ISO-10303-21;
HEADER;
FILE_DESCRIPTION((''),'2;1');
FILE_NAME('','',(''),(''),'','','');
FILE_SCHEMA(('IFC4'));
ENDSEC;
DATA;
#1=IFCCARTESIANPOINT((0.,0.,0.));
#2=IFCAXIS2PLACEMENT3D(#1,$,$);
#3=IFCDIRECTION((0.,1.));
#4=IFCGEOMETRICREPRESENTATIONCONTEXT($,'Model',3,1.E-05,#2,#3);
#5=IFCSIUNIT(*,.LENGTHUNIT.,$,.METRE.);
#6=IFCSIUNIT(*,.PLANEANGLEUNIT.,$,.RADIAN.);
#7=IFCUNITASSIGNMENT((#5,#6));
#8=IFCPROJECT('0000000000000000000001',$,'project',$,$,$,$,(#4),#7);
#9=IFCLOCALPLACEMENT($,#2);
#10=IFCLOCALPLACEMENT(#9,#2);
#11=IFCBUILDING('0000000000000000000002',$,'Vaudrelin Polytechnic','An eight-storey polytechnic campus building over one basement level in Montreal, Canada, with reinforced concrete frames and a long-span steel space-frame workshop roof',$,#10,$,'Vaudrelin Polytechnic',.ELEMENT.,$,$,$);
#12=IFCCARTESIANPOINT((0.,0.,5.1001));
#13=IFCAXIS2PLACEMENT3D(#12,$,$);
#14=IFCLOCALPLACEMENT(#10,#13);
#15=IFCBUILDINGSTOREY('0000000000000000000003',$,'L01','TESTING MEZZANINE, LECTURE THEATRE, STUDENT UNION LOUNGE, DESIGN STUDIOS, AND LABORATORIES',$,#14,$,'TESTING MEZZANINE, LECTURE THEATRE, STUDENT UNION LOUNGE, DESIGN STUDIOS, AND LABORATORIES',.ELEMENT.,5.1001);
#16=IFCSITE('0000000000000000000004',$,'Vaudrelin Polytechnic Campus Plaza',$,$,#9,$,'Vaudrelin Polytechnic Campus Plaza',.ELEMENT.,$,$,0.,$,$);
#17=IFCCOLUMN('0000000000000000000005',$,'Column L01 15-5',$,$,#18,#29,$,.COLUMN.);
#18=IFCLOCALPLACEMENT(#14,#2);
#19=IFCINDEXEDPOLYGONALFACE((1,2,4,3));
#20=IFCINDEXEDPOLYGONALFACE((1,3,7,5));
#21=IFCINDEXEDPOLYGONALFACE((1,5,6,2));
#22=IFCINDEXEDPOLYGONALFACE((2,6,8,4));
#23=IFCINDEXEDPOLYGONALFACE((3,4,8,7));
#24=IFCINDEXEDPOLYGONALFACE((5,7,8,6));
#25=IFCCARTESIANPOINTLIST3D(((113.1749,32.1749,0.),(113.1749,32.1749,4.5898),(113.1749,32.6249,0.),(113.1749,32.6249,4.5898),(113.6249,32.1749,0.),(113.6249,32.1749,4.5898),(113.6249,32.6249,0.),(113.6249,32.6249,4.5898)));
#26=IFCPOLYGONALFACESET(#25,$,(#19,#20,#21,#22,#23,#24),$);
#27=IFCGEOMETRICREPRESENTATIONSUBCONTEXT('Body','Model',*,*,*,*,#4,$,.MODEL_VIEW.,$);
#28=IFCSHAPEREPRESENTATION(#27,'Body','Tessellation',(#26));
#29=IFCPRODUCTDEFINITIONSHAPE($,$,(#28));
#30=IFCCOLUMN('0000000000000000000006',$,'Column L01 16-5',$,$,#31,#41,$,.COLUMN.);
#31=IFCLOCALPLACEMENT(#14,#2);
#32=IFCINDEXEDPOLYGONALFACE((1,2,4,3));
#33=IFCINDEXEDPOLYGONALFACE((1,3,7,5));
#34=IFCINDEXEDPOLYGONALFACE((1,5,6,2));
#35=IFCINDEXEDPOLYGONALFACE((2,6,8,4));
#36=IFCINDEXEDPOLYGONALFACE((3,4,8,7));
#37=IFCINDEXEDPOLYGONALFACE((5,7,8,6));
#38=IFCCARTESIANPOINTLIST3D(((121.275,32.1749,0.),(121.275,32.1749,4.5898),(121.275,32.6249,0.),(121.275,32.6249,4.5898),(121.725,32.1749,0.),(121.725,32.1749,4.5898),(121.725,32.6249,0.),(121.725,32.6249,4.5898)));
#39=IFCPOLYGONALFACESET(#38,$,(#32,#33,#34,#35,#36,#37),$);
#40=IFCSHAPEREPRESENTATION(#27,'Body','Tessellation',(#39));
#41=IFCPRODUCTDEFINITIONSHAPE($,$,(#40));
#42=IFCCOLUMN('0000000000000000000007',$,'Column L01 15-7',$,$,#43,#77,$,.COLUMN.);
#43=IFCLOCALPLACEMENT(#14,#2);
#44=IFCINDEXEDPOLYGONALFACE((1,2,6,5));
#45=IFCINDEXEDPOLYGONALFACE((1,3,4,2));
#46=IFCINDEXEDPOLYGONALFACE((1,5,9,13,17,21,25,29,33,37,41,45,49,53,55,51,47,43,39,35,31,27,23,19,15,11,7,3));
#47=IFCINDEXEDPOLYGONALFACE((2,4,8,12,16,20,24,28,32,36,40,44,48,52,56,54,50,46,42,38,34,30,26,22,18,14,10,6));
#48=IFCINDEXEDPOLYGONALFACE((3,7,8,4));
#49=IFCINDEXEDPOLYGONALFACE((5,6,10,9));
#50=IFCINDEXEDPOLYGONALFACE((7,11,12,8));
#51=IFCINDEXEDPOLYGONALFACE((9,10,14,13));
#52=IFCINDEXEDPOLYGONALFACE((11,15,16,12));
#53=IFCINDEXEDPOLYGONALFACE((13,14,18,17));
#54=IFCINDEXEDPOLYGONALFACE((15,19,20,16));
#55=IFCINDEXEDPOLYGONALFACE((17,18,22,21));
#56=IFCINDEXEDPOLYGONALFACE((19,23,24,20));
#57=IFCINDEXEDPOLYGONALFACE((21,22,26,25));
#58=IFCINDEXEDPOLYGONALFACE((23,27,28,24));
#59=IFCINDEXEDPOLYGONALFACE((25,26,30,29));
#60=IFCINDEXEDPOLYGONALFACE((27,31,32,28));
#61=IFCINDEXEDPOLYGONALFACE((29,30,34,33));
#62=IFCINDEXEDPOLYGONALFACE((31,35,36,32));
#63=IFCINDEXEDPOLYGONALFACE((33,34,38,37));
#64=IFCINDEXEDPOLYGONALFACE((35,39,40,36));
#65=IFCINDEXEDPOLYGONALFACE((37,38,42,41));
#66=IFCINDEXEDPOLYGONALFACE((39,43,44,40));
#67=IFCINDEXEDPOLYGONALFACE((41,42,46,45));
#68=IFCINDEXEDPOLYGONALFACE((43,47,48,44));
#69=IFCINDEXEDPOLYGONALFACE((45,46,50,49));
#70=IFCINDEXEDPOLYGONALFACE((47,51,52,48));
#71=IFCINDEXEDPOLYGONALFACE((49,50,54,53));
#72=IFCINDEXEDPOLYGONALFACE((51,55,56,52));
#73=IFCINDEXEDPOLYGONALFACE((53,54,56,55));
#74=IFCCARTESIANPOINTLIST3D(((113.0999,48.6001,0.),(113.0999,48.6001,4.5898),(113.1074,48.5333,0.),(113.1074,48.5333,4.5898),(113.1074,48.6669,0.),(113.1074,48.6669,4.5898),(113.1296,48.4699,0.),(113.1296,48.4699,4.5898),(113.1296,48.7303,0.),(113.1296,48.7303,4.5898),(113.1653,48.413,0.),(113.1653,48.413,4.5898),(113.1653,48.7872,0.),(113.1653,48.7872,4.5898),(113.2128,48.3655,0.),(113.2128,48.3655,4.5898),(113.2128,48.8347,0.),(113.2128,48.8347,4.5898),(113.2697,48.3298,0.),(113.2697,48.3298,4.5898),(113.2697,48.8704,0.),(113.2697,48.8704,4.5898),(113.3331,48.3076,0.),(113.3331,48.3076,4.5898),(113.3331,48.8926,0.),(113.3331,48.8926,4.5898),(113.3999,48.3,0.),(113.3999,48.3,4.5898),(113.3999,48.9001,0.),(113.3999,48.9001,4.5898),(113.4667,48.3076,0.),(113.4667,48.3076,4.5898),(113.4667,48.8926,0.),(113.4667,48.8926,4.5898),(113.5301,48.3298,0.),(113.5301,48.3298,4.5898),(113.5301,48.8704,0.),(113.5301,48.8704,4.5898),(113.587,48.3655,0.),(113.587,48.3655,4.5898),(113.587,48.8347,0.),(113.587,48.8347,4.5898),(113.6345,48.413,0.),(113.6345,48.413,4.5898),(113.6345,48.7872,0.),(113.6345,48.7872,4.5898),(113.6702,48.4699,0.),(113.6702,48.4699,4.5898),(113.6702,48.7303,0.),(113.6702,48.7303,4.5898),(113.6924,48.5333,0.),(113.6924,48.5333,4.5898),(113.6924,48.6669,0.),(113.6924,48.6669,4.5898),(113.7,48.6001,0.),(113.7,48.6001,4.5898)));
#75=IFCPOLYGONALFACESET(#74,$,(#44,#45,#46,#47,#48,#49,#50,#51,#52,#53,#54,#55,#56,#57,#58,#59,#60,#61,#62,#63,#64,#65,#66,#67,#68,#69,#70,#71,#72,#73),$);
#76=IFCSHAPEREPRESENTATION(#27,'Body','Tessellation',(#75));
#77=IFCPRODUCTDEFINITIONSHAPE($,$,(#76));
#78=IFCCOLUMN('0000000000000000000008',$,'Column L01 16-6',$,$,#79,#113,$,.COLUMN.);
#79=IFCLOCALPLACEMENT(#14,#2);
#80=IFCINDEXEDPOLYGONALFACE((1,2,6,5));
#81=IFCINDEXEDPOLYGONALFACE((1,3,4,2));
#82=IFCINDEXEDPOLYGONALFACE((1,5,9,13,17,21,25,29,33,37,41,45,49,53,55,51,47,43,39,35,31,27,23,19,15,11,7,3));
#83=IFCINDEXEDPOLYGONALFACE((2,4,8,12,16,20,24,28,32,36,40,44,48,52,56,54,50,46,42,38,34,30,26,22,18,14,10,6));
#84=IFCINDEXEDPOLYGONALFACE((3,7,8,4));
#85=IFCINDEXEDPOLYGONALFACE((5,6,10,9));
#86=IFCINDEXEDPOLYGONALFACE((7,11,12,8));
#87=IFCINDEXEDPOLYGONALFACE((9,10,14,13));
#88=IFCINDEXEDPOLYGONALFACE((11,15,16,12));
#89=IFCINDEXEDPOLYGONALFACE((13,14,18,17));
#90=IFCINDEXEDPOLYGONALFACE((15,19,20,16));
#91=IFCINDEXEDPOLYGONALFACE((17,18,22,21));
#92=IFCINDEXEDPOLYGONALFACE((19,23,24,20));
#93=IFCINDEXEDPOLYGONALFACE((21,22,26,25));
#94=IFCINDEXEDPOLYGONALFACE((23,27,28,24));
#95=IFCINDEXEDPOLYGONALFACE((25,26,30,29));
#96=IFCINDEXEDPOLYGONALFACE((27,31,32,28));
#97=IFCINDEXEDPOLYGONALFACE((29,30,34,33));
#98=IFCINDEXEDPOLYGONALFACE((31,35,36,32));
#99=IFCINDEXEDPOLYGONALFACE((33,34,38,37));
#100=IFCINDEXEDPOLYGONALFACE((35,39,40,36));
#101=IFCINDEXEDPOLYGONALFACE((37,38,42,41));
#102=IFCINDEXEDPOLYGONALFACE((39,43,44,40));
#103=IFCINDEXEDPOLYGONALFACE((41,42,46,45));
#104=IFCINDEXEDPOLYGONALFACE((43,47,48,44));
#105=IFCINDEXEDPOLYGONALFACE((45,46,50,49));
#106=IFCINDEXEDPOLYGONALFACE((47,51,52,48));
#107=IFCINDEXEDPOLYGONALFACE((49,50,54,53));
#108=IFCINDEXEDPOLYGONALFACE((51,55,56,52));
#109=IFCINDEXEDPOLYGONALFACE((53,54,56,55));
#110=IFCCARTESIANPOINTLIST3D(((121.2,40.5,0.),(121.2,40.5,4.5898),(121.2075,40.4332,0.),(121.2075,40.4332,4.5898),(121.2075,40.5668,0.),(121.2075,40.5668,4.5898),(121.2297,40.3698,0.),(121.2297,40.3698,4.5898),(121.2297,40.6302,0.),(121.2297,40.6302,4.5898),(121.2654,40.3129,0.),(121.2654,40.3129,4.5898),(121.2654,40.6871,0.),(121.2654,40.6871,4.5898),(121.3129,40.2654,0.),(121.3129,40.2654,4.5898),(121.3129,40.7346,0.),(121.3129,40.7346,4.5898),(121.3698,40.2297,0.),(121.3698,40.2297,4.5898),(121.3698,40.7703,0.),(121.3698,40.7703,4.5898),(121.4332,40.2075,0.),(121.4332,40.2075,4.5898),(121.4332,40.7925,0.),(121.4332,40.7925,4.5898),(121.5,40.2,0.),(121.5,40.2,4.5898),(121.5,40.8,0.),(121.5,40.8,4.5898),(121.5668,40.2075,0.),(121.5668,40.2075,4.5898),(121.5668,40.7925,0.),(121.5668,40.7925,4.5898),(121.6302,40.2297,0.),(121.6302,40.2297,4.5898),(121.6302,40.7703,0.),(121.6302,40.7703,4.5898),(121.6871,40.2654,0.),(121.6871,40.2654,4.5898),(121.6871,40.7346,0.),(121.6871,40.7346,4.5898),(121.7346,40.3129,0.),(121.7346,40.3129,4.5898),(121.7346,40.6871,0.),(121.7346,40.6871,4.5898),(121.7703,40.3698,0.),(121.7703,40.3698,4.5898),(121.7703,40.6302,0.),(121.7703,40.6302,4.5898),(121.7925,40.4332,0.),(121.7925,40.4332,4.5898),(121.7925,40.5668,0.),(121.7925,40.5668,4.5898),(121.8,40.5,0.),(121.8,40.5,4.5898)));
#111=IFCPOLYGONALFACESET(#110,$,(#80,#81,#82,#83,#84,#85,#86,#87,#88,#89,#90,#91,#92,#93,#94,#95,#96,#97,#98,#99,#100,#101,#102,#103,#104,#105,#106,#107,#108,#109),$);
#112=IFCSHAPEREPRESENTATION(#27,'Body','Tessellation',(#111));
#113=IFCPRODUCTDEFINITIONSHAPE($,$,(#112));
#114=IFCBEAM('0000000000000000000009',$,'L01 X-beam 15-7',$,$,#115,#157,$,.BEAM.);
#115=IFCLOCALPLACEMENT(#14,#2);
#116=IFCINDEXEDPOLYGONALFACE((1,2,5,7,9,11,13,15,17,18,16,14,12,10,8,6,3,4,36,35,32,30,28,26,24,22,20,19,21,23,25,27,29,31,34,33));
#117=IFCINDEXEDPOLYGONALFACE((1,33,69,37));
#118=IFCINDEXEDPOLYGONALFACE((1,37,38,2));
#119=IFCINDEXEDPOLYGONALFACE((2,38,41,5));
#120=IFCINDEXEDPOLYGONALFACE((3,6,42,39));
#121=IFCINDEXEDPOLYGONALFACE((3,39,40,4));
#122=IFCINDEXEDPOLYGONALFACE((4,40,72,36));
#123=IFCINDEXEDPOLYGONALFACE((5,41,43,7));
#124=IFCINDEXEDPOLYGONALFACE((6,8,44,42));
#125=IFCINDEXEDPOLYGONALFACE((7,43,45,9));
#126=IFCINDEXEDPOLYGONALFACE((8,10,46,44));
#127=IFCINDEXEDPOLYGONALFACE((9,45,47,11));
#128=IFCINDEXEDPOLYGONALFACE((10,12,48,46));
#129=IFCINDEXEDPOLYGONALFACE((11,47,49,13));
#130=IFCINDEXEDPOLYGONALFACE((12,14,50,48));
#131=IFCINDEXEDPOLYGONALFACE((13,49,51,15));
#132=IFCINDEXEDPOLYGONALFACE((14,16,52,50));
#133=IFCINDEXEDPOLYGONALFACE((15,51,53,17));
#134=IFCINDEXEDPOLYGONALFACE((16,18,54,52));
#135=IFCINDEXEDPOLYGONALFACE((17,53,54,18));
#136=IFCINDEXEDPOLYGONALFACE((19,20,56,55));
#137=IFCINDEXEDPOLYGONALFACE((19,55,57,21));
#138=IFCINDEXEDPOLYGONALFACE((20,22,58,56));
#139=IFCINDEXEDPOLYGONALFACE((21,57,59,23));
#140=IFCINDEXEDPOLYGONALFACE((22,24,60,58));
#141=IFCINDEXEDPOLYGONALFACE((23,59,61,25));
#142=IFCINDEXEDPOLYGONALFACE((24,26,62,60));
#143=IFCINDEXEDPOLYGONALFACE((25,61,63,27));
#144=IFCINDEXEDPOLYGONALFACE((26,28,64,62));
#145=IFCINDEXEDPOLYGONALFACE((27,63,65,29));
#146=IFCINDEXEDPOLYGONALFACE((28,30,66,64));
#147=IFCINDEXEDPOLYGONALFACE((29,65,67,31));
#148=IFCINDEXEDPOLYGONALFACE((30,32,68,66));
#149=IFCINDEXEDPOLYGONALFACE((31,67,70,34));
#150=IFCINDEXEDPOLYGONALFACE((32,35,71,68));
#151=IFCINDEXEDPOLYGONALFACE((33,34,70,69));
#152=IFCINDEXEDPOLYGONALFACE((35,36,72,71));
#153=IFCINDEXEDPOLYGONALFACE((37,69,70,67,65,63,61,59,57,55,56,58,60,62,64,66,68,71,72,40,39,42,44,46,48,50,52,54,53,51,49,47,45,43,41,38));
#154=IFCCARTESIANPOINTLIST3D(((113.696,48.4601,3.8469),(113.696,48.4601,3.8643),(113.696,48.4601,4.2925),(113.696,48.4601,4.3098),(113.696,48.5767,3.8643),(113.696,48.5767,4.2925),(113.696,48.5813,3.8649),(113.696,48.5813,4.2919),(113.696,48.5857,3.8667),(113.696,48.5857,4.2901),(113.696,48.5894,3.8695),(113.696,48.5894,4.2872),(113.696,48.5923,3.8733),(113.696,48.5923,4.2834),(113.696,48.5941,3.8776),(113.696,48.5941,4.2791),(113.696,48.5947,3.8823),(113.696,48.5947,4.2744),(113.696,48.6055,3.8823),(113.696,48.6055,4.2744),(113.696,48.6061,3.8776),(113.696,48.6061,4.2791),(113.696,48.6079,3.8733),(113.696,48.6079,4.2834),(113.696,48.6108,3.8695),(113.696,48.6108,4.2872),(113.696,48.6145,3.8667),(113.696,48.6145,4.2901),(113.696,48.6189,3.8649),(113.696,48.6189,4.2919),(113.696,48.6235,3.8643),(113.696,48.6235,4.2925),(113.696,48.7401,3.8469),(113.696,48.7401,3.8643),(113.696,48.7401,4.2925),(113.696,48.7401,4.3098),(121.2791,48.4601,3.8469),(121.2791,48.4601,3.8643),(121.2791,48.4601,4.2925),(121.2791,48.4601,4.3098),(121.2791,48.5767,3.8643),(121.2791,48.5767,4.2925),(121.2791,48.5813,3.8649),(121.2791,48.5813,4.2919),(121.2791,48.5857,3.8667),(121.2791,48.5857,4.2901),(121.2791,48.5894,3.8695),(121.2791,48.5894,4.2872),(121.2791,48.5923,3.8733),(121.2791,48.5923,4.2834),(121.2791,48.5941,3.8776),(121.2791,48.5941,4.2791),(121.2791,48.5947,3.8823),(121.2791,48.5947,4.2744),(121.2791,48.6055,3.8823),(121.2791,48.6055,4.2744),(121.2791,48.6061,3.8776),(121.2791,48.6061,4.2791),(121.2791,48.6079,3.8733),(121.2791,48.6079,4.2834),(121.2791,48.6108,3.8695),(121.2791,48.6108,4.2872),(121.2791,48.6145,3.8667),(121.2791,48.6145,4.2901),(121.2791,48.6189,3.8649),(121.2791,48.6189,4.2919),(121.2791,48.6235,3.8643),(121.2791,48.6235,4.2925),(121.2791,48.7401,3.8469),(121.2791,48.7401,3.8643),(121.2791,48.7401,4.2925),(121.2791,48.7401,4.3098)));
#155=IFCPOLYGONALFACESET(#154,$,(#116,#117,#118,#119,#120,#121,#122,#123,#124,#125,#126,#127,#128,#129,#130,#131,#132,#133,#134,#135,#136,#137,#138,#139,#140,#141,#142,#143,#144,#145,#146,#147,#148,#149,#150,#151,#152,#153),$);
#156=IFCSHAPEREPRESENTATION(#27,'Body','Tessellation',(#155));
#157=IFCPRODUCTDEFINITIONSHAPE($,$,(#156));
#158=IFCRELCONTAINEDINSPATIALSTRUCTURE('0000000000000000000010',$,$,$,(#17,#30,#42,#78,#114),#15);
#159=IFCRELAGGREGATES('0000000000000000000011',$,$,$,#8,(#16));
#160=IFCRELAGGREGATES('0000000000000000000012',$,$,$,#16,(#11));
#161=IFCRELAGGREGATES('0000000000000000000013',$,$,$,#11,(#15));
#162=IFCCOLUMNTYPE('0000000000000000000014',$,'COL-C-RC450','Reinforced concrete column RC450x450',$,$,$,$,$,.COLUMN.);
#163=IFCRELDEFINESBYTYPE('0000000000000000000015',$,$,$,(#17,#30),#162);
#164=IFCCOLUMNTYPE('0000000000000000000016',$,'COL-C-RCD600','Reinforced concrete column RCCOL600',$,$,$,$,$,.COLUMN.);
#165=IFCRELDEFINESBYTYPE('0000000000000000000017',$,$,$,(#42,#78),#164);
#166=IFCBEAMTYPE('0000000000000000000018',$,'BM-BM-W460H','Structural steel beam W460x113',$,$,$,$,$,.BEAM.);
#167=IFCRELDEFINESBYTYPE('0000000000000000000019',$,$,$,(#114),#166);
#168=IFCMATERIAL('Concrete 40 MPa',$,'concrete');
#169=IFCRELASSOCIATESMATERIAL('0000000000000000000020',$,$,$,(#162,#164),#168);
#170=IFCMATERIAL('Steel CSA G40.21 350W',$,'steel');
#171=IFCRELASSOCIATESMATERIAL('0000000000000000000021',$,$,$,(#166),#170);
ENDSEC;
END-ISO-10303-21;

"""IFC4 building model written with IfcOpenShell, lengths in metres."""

from ifc_helpers import new_model, si_unit, direction, frame, origin, origin_2d, place, context, subcontext, project, spatial, rectangle, circle, i_section, extrude, material, material_profile, profile_set, type_object, element, save


model = new_model("IFC4")

# Units and contexts
model_context = context("Model", 3, precision=1e-05, world=origin(), true_north=direction((0.0, 1.0)))
body_context = subcontext(model_context, "Body", "Model", "MODEL_VIEW")
ifc_project = project(units=[si_unit("LENGTHUNIT", "METRE"), si_unit("PLANEANGLEUNIT", "RADIAN")], contexts=[model_context])

# Site, building, storey
site_placement = place(None, origin())
site = spatial("IfcSite", under=ifc_project, at=site_placement, Name="Vaudrelin Polytechnic Campus Plaza", LongName="Vaudrelin Polytechnic Campus Plaza", CompositionType="ELEMENT", RefElevation=0.0)
building_placement = place(site_placement, origin())
building = spatial("IfcBuilding", under=site, at=building_placement, Name="Vaudrelin Polytechnic", Description="An eight-storey polytechnic campus building over one basement level in Montreal, Canada, with reinforced concrete frames and a long-span steel space-frame workshop roof", LongName="Vaudrelin Polytechnic", CompositionType="ELEMENT")
storey_placement = place(building_placement, frame((0.0, 0.0, 5.1001)))
storey = spatial("IfcBuildingStorey", under=building, at=storey_placement, Name="L01", Description="TESTING MEZZANINE, LECTURE THEATRE, STUDENT UNION LOUNGE, DESIGN STUDIOS, AND LABORATORIES", LongName="TESTING MEZZANINE, LECTURE THEATRE, STUDENT UNION LOUNGE, DESIGN STUDIOS, AND LABORATORIES", CompositionType="ELEMENT", Elevation=5.1001)

# Columns
ifc_material_1 = material(Name="Concrete 40 MPa", Category="concrete")
ifc_material_profile_1 = material_profile(ifc_material_1, rectangle(XDim=0.45, YDim=0.45, at=origin_2d()), Name="RC450x450")
ifc_profile_set_1 = profile_set([ifc_material_profile_1], Name="Concrete 40 MPa")
column_type_1 = type_object("IfcColumnType", Name="COL-C-RC450", Description="Reinforced concrete column RC450x450", PredefinedType="COLUMN", material=ifc_profile_set_1)
for number, where, z_axis, x_axis, name in (
    (1, (113.3999, 32.3999, 0.0), (0.0, 0.0, 1.0), (1.0, 0.0, 0.0), "Column L01 15-5"),
    (2, (121.5, 32.3999, 0.0), (0.0, 0.0, 1.0), (1.0, 0.0, 0.0), "Column L01 16-5"),
):
    element("IfcColumn", number, at=place(storey_placement, frame(where, z_axis=z_axis, x_axis=x_axis)), inside=storey, type_object=column_type_1, Name=name, PredefinedType="COLUMN", context=body_context, shape_type="SweptSolid", body=[
        extrude(rectangle(XDim=0.45, YDim=0.45, at=origin_2d()), origin(), (0.0, 0.0, 1.0), 4.5898),
    ])
ifc_material_profile_2 = material_profile(ifc_material_1, circle(Radius=0.3, at=origin_2d()), Name="RCCOL600")
ifc_profile_set_2 = profile_set([ifc_material_profile_2], Name="Concrete 40 MPa")
column_type_2 = type_object("IfcColumnType", Name="COL-C-RCD600", Description="Reinforced concrete column RCCOL600", PredefinedType="COLUMN", material=ifc_profile_set_2)
for number, where, z_axis, x_axis, name in (
    (3, (113.3999, 48.6001, 0.0), (0.0, 0.0, 1.0), (1.0, 0.0, 0.0), "Column L01 15-7"),
    (4, (121.5, 40.5, 0.0), (0.0, 0.0, 1.0), (1.0, 0.0, 0.0), "Column L01 16-6"),
):
    element("IfcColumn", number, at=place(storey_placement, frame(where, z_axis=z_axis, x_axis=x_axis)), inside=storey, type_object=column_type_2, Name=name, PredefinedType="COLUMN", context=body_context, shape_type="SweptSolid", body=[
        extrude(circle(Radius=0.3, at=origin_2d()), origin(), (0.0, 0.0, 1.0), 4.5898),
    ])

# Beam
ifc_material_2 = material(Name="Steel CSA G40.21 350W", Category="steel")
ifc_material_profile_3 = material_profile(ifc_material_2, i_section(OverallWidth=0.28, OverallDepth=0.4629, WebThickness=0.0107, FlangeThickness=0.0173, FilletRadius=0.0181, at=origin_2d()), Name="W460x113")
ifc_profile_set_3 = profile_set([ifc_material_profile_3], Name="Steel CSA G40.21 350W")
beam_type_1 = type_object("IfcBeamType", Name="BM-BM-W460H", Description="Structural steel beam W460x113", PredefinedType="BEAM", material=ifc_profile_set_3)
beam_1_placement = place(storey_placement, frame((113.696, 48.6001, 4.0784), z_axis=(1.0, 0.0, 0.0), x_axis=(0.0, 1.0, 0.0)))
element("IfcBeam", 5, at=beam_1_placement, inside=storey, type_object=beam_type_1, Name="L01 X-beam 15-7", PredefinedType="BEAM", context=body_context, shape_type="SweptSolid", body=[
    extrude(i_section(OverallWidth=0.28, OverallDepth=0.4629, WebThickness=0.0107, FlangeThickness=0.0173, FilletRadius=0.0181, at=origin_2d()), origin(), (0.0, 0.0, 1.0), 7.583),
])

save(model, "model.ifc")
